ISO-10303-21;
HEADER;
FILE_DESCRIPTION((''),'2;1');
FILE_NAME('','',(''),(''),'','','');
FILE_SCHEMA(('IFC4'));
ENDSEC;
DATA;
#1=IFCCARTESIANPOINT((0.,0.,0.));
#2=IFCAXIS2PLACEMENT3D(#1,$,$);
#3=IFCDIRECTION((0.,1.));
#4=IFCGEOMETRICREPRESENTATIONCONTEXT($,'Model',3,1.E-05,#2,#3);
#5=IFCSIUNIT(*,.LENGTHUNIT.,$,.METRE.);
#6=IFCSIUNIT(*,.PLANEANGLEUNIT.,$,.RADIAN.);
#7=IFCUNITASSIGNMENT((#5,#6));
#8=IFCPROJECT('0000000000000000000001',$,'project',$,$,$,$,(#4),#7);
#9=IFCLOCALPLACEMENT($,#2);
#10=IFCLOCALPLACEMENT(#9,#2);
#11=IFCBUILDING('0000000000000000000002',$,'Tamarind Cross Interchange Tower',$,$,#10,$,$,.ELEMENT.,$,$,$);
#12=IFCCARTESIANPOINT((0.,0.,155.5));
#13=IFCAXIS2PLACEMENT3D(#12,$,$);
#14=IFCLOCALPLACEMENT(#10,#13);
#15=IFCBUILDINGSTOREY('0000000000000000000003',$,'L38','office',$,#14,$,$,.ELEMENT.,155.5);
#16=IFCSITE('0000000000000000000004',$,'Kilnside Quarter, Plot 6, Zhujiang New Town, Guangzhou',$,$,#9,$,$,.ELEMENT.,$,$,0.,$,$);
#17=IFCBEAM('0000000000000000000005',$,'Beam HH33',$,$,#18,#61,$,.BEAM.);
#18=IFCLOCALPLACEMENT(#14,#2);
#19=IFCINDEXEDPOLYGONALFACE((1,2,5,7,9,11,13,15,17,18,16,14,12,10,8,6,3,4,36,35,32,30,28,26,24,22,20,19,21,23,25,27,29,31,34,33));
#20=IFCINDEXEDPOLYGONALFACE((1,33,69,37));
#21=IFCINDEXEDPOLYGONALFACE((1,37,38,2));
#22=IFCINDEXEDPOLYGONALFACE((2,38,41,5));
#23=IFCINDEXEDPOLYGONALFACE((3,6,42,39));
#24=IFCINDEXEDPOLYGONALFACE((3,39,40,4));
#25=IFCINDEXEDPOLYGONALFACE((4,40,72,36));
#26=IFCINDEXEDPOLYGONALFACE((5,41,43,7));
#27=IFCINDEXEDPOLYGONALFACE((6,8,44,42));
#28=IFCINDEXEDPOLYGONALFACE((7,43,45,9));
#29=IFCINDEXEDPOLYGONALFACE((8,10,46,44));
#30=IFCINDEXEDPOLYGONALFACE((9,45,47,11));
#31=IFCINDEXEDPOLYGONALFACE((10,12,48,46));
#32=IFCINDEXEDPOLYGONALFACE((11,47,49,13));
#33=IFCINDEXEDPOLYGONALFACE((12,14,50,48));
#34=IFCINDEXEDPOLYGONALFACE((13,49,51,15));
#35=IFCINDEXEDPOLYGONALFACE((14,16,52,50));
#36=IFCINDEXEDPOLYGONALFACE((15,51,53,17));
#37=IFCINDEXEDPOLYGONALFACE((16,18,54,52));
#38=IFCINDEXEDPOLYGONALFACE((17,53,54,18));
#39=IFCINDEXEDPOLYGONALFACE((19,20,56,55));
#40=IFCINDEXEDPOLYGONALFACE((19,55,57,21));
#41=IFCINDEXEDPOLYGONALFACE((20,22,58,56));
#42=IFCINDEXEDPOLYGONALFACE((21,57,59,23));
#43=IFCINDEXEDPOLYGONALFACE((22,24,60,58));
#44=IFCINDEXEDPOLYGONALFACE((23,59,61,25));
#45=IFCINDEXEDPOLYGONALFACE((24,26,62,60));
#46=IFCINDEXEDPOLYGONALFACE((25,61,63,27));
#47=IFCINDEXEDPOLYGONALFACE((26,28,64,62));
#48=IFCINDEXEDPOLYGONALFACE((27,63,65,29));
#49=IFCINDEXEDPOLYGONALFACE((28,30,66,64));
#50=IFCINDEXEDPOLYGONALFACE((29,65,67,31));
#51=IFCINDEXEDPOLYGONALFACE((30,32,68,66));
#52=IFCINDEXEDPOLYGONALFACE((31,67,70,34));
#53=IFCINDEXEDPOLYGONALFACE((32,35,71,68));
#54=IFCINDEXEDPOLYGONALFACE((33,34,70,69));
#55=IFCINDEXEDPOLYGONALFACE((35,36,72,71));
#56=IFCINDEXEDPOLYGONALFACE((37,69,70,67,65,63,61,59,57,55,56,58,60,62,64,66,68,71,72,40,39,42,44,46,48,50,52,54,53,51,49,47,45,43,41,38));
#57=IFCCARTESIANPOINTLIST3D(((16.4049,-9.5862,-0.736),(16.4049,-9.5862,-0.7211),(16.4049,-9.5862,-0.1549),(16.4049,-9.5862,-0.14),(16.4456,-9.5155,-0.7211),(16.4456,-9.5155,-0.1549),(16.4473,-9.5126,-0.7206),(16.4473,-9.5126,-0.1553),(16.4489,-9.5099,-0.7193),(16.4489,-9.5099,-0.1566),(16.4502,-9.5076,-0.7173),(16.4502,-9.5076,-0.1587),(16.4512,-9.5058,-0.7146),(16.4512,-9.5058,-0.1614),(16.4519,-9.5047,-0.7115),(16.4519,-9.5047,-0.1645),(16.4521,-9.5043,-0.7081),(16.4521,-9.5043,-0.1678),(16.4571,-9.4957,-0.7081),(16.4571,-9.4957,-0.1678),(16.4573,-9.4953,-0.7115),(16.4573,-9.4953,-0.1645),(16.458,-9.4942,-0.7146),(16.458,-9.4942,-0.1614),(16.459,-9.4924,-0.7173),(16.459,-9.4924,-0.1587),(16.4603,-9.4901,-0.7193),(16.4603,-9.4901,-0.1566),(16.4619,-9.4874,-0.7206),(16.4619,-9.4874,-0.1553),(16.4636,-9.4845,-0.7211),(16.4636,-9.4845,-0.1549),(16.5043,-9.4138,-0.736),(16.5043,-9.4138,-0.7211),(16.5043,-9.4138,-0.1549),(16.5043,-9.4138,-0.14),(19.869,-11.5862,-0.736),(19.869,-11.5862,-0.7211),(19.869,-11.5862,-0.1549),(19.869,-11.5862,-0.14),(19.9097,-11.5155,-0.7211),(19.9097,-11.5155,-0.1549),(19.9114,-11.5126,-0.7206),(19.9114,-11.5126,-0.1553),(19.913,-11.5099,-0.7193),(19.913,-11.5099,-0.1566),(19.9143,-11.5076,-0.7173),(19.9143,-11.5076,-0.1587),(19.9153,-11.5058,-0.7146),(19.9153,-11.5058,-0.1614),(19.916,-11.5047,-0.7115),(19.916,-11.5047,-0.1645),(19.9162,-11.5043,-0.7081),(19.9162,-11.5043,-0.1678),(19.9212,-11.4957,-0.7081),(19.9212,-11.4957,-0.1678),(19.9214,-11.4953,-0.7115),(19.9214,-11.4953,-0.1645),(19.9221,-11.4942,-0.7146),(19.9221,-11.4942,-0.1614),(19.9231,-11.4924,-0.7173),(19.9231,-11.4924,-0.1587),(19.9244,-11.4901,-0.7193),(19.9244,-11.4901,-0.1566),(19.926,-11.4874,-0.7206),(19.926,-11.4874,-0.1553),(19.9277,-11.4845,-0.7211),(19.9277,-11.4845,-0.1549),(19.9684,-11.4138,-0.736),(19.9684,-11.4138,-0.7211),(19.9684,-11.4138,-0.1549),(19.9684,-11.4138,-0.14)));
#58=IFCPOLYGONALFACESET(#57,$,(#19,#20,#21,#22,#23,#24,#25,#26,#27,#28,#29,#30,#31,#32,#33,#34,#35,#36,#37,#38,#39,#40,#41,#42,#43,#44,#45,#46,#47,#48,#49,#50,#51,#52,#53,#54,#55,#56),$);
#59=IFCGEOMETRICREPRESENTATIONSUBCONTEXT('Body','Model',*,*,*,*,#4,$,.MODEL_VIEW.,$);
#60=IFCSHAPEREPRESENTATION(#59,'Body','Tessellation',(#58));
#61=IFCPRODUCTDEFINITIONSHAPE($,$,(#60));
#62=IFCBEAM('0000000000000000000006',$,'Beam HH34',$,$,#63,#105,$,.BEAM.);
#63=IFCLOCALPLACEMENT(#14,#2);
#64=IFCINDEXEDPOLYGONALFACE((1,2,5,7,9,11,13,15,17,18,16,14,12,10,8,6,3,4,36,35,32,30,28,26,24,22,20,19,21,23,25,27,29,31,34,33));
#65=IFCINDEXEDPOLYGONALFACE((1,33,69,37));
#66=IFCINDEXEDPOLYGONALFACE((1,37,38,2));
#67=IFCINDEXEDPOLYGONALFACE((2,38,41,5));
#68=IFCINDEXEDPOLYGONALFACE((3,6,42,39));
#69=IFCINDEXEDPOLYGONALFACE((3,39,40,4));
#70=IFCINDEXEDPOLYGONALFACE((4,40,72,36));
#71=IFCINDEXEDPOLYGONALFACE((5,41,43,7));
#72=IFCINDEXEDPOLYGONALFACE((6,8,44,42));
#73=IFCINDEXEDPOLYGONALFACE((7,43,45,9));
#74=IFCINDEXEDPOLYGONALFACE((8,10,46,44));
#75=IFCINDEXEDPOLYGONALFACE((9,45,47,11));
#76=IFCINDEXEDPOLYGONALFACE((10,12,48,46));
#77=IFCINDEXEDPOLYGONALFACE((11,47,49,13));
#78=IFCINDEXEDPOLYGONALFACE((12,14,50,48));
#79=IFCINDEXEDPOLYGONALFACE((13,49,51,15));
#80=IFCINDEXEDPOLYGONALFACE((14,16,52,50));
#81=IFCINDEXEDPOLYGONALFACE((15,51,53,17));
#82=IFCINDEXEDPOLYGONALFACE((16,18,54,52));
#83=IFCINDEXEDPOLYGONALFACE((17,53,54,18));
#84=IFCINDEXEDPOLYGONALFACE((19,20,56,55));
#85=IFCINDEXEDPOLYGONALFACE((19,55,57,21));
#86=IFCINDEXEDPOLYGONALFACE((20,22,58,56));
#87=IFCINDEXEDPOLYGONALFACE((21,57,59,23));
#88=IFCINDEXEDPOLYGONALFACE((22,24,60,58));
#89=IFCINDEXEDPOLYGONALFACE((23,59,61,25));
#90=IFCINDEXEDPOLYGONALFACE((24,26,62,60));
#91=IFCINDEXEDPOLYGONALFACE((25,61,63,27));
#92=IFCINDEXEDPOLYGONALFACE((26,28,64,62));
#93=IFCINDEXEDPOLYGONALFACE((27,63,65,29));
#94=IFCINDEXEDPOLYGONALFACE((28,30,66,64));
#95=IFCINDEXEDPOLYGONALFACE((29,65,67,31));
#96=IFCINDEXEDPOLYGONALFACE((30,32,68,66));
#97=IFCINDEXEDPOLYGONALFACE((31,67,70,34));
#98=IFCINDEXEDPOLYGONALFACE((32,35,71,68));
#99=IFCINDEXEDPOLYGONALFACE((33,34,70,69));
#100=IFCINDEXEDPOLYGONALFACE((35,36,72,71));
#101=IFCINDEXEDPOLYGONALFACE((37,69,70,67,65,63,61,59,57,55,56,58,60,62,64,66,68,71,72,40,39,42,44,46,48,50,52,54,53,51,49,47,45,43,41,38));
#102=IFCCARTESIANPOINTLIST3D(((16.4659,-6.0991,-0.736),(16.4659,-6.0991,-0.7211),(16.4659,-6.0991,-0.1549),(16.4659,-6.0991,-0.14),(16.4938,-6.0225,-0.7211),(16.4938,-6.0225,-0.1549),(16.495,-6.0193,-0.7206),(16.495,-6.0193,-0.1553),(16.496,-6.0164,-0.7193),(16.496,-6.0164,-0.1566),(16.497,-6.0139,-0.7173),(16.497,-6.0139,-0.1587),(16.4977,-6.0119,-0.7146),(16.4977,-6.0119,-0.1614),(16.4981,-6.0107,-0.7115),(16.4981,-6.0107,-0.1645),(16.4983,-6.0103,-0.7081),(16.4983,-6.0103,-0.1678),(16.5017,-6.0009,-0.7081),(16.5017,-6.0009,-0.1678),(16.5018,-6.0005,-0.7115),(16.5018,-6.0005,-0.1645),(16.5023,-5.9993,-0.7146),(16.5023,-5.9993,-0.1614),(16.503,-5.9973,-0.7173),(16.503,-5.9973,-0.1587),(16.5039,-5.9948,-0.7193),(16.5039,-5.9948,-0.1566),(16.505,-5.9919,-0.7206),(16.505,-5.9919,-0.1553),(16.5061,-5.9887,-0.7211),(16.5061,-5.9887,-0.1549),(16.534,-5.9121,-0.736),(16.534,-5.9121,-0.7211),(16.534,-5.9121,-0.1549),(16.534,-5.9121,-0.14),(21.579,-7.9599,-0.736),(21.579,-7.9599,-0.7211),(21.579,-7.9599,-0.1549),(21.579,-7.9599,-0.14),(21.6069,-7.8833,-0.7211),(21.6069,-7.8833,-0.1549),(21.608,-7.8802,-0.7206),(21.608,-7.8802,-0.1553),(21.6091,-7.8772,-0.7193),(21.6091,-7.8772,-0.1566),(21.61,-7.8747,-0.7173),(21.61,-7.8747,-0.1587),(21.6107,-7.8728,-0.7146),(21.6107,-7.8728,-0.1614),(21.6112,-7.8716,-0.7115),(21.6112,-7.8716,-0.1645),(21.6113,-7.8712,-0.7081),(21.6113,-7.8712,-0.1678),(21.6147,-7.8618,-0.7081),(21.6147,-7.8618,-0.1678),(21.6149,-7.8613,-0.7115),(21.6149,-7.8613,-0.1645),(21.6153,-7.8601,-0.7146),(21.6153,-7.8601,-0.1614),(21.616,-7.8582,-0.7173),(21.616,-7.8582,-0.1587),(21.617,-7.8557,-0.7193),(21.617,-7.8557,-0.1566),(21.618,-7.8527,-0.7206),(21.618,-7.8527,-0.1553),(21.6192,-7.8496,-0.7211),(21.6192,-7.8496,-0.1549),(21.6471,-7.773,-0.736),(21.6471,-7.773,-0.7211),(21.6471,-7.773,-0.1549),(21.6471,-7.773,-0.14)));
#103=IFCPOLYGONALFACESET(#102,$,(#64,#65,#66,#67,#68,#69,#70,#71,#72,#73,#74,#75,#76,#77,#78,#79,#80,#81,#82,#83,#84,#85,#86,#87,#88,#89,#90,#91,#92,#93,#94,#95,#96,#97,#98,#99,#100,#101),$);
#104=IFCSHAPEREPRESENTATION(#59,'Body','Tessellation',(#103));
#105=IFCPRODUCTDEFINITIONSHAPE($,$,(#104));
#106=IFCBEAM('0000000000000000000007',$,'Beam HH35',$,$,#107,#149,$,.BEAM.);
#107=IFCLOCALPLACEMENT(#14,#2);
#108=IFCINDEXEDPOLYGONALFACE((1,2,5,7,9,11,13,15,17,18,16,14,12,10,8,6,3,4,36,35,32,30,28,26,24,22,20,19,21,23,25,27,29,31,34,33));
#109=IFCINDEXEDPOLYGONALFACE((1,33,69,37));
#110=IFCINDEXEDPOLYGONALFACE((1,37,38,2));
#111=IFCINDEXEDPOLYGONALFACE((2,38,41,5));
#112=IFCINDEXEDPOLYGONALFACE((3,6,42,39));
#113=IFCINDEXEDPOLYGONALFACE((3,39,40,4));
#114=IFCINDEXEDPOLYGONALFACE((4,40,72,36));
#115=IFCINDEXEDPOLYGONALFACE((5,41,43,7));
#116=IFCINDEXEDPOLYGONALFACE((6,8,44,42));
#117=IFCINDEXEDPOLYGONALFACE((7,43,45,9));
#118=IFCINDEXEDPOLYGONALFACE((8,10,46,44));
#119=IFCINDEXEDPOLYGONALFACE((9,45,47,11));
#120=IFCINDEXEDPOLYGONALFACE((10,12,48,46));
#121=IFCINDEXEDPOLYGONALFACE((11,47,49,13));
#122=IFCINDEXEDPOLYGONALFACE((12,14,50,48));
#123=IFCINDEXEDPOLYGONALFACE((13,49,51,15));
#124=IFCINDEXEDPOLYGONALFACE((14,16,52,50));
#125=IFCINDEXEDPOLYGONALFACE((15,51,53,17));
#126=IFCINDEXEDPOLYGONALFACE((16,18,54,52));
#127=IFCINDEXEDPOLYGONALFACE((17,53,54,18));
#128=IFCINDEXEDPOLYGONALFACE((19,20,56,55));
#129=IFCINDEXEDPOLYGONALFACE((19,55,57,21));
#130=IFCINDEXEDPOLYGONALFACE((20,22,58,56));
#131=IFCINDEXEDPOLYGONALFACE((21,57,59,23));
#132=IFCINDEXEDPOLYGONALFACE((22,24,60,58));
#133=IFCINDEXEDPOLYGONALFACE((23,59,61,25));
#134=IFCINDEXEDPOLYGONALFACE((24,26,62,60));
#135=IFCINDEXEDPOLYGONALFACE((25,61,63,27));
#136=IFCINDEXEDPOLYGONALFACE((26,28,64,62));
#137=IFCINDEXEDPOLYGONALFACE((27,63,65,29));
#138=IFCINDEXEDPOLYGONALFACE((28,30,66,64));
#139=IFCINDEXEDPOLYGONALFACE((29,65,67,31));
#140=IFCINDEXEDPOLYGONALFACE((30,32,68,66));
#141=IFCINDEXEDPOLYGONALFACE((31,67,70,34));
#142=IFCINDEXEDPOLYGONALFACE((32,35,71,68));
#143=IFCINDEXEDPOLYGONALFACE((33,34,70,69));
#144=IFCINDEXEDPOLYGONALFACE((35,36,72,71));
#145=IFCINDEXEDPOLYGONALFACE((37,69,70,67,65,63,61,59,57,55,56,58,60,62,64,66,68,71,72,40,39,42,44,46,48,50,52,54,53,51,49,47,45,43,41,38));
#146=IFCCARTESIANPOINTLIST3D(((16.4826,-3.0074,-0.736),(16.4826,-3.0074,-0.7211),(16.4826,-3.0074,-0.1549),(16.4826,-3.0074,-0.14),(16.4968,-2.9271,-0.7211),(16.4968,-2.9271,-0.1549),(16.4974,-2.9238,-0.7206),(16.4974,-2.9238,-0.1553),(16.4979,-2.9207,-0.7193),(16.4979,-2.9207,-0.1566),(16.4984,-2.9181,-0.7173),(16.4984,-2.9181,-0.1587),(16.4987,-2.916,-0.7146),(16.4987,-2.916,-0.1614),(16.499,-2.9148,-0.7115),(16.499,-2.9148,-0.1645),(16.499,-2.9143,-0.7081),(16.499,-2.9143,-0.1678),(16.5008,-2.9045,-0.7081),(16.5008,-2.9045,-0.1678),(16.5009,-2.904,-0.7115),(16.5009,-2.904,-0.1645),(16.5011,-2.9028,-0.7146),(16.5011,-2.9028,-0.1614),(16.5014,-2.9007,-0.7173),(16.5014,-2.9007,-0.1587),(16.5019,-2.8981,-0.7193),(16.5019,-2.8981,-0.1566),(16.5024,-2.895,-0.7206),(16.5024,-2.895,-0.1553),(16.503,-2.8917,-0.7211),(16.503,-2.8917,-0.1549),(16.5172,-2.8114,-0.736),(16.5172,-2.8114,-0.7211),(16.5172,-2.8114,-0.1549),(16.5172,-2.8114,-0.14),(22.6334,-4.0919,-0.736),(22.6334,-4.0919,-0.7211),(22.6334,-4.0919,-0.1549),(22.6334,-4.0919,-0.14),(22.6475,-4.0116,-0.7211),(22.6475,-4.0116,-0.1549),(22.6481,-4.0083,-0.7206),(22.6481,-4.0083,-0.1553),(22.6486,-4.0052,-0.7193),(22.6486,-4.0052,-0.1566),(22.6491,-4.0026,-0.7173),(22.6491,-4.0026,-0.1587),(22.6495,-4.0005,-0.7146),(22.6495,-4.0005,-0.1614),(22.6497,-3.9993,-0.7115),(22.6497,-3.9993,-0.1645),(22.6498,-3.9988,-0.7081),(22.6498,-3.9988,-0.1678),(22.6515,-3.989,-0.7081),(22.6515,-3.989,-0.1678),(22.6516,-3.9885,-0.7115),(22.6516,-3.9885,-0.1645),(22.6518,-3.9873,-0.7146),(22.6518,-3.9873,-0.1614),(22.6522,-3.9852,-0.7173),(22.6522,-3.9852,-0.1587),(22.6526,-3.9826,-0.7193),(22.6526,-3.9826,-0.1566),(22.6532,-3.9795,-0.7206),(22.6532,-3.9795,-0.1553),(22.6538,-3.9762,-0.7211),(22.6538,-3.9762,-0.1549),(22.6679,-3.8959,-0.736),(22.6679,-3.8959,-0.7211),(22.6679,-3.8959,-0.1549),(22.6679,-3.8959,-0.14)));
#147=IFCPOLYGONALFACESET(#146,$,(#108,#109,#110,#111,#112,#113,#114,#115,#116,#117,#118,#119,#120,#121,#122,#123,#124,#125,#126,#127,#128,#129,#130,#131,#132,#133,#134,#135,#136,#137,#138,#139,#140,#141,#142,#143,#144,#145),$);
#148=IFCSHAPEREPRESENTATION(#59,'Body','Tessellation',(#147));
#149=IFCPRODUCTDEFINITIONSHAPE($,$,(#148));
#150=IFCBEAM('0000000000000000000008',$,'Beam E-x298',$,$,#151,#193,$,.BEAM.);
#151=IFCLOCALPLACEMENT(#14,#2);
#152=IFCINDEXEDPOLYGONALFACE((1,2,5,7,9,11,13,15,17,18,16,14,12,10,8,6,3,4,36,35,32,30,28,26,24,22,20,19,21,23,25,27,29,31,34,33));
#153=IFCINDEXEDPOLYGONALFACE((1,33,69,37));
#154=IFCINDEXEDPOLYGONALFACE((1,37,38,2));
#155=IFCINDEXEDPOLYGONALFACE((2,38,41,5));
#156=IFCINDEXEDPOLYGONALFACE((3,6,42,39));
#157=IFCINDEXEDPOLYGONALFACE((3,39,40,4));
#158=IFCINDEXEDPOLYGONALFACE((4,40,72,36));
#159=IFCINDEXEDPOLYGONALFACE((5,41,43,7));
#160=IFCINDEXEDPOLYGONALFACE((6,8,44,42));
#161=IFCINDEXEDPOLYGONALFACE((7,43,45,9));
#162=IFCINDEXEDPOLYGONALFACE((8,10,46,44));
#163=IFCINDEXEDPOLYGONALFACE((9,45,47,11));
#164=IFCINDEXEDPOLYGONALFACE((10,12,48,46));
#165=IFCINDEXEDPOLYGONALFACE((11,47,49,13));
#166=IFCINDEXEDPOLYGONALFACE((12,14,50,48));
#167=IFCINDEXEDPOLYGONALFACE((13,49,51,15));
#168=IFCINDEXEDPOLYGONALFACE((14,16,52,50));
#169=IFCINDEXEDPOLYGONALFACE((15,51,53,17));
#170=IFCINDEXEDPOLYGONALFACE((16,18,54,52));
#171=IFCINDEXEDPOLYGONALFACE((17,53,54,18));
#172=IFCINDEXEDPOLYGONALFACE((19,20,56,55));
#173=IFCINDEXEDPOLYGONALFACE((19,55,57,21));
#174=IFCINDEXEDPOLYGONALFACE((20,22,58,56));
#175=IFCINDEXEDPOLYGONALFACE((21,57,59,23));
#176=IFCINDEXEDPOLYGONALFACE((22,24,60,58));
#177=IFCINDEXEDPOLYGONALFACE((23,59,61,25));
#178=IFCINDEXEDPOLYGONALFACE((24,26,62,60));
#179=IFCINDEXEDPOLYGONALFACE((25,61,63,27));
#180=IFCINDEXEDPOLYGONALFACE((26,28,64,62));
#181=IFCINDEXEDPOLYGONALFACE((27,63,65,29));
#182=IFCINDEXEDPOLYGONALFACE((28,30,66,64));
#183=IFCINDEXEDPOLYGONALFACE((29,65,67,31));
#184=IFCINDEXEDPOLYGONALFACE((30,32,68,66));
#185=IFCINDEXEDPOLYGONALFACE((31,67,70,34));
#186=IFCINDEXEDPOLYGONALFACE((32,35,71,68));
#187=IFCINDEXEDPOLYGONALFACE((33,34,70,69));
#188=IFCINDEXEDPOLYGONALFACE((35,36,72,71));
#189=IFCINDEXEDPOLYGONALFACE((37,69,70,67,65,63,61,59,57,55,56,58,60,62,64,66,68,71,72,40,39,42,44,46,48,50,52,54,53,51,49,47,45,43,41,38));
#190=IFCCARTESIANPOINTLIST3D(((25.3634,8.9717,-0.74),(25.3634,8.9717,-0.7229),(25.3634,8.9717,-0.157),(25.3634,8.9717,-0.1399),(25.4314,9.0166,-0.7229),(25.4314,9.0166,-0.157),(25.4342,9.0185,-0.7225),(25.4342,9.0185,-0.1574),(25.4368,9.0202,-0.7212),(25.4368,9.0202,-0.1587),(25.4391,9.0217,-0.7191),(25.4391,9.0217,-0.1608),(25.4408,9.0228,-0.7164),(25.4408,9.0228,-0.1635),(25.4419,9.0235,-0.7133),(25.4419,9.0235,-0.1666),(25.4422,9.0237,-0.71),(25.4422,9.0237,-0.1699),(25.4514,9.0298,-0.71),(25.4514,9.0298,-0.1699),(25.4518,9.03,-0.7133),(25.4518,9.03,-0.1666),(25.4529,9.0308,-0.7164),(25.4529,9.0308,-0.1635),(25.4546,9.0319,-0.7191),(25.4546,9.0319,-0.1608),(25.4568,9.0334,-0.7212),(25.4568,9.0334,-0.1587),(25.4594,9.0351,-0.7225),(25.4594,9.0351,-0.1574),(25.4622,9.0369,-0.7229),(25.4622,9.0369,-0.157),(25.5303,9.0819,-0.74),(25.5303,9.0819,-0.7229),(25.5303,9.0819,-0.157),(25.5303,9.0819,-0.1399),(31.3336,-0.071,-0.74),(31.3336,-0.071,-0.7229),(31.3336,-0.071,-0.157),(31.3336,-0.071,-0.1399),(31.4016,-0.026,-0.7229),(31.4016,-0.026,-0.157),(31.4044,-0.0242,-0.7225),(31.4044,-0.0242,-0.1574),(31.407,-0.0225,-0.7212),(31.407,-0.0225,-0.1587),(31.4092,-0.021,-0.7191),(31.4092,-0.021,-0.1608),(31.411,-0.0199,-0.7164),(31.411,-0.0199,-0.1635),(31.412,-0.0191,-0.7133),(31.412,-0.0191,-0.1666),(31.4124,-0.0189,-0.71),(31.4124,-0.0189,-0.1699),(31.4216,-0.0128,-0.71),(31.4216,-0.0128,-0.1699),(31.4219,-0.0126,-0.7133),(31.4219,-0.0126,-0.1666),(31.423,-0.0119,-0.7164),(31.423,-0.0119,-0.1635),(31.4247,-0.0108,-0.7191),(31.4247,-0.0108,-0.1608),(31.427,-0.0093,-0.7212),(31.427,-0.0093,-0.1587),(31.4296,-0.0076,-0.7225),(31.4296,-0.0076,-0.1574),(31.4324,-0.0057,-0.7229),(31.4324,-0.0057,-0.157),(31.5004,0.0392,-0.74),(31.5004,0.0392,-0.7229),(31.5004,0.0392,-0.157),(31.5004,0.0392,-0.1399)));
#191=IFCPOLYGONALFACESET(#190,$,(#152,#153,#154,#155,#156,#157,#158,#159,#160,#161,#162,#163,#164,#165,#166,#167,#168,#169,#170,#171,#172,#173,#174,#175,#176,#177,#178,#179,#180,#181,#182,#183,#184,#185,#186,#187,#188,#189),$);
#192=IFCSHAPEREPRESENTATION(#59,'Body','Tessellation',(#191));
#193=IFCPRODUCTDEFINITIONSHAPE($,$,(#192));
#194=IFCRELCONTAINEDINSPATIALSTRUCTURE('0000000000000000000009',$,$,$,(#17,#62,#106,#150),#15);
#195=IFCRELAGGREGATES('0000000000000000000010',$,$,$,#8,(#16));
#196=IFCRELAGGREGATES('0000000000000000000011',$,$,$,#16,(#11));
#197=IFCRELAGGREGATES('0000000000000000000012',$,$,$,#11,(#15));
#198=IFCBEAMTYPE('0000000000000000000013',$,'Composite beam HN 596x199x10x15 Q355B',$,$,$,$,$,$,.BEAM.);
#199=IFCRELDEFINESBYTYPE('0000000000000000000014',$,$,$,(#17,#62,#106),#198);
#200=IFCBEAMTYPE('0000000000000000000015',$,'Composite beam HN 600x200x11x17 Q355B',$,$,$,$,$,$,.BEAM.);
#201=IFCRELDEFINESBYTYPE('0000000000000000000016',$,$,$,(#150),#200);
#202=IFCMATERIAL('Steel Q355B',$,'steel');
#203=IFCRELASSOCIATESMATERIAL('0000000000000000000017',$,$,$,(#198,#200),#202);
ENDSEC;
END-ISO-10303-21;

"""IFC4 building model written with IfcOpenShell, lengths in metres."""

from ifc_helpers import new_model, si_unit, direction, frame, origin, origin_2d, place, context, subcontext, project, spatial, i_section, extrude, material, material_profile, profile_set, type_object, element, save


model = new_model("IFC4")

# Units and contexts
model_context = context("Model", 3, precision=1e-05, world=origin(), true_north=direction((0.0, 1.0)))
body_context = subcontext(model_context, "Body", "Model", "MODEL_VIEW")
ifc_project = project(units=[si_unit("LENGTHUNIT", "METRE"), si_unit("PLANEANGLEUNIT", "RADIAN")], contexts=[model_context])

# Site, building, storey
site_placement = place(None, origin())
site = spatial("IfcSite", under=ifc_project, at=site_placement, Name="Kilnside Quarter, Plot 6, Zhujiang New Town, Guangzhou", CompositionType="ELEMENT", RefElevation=0.0)
building_placement = place(site_placement, origin())
building = spatial("IfcBuilding", under=site, at=building_placement, Name="Tamarind Cross Interchange Tower", CompositionType="ELEMENT")
storey_placement = place(building_placement, frame((0.0, 0.0, 155.5)))
storey = spatial("IfcBuildingStorey", under=building, at=storey_placement, Name="L38", Description="office", CompositionType="ELEMENT", Elevation=155.5)

# Beams
ifc_material_1 = material(Name="Steel Q355B", Category="steel")
ifc_material_profile_1 = material_profile(ifc_material_1, i_section(OverallWidth=0.199, OverallDepth=0.5959, WebThickness=0.01, FlangeThickness=0.0149, FilletRadius=0.0129, at=origin_2d()), Name="HN 596x199x10x15")
ifc_profile_set_1 = profile_set([ifc_material_profile_1], Name="Steel Q355B")
beam_type_1 = type_object("IfcBeamType", Name="Composite beam HN 596x199x10x15 Q355B", PredefinedType="BEAM", material=ifc_profile_set_1)
beam_1_placement = place(storey_placement, frame((19.9187, -11.5, -0.438), z_axis=(-0.866026, 0.499999, 0.0), x_axis=(-0.499999, -0.866026, 0.0)))
element("IfcBeam", 1, at=beam_1_placement, inside=storey, type_object=beam_type_1, Name="Beam HH33", PredefinedType="BEAM", context=body_context, shape_type="SweptSolid", body=[
    extrude(i_section(OverallWidth=0.199, OverallDepth=0.5959, WebThickness=0.01, FlangeThickness=0.0149, FilletRadius=0.0129, at=origin_2d()), origin(), (0.0, 0.0, 1.0), 4.0),
])
beam_2_placement = place(storey_placement, frame((21.613, -7.8665, -0.438), z_axis=(-0.939702, 0.341995, 0.0), x_axis=(-0.341995, -0.939702, 0.0)))
element("IfcBeam", 2, at=beam_2_placement, inside=storey, type_object=beam_type_1, Name="Beam HH34", PredefinedType="BEAM", context=body_context, shape_type="SweptSolid", body=[
    extrude(i_section(OverallWidth=0.199, OverallDepth=0.5959, WebThickness=0.01, FlangeThickness=0.0149, FilletRadius=0.0129, at=origin_2d()), origin(), (0.0, 0.0, 1.0), 5.4412),
])
beam_3_placement = place(storey_placement, frame((22.6506, -3.9939, -0.438), z_axis=(-0.984809, 0.17364, 0.0), x_axis=(-0.17364, -0.984809, 0.0)))
element("IfcBeam", 3, at=beam_3_placement, inside=storey, type_object=beam_type_1, Name="Beam HH35", PredefinedType="BEAM", context=body_context, shape_type="SweptSolid", body=[
    extrude(i_section(OverallWidth=0.199, OverallDepth=0.5959, WebThickness=0.01, FlangeThickness=0.0149, FilletRadius=0.0129, at=origin_2d()), origin(), (0.0, 0.0, 1.0), 6.2456),
])
ifc_material_profile_2 = material_profile(ifc_material_1, i_section(OverallWidth=0.2, OverallDepth=0.6001, WebThickness=0.011, FlangeThickness=0.0171, FilletRadius=0.0129, at=origin_2d()), Name="HN 600x200x11x17")
ifc_profile_set_2 = profile_set([ifc_material_profile_2], Name="Steel Q355B")
beam_type_2 = type_object("IfcBeamType", Name="Composite beam HN 600x200x11x17 Q355B", PredefinedType="BEAM", material=ifc_profile_set_2)
beam_4_placement = place(storey_placement, frame((31.417, -0.0159, -0.4399), z_axis=(-0.550972, 0.834524, 0.0), x_axis=(-0.834524, -0.550972, 0.0)))
element("IfcBeam", 4, at=beam_4_placement, inside=storey, type_object=beam_type_2, Name="Beam E-x298", PredefinedType="BEAM", context=body_context, shape_type="SweptSolid", body=[
    extrude(i_section(OverallWidth=0.2, OverallDepth=0.6001, WebThickness=0.011, FlangeThickness=0.0171, FilletRadius=0.0129, at=origin_2d()), origin(), (0.0, 0.0, 1.0), 10.8357),
])

save(model, "model.ifc")
